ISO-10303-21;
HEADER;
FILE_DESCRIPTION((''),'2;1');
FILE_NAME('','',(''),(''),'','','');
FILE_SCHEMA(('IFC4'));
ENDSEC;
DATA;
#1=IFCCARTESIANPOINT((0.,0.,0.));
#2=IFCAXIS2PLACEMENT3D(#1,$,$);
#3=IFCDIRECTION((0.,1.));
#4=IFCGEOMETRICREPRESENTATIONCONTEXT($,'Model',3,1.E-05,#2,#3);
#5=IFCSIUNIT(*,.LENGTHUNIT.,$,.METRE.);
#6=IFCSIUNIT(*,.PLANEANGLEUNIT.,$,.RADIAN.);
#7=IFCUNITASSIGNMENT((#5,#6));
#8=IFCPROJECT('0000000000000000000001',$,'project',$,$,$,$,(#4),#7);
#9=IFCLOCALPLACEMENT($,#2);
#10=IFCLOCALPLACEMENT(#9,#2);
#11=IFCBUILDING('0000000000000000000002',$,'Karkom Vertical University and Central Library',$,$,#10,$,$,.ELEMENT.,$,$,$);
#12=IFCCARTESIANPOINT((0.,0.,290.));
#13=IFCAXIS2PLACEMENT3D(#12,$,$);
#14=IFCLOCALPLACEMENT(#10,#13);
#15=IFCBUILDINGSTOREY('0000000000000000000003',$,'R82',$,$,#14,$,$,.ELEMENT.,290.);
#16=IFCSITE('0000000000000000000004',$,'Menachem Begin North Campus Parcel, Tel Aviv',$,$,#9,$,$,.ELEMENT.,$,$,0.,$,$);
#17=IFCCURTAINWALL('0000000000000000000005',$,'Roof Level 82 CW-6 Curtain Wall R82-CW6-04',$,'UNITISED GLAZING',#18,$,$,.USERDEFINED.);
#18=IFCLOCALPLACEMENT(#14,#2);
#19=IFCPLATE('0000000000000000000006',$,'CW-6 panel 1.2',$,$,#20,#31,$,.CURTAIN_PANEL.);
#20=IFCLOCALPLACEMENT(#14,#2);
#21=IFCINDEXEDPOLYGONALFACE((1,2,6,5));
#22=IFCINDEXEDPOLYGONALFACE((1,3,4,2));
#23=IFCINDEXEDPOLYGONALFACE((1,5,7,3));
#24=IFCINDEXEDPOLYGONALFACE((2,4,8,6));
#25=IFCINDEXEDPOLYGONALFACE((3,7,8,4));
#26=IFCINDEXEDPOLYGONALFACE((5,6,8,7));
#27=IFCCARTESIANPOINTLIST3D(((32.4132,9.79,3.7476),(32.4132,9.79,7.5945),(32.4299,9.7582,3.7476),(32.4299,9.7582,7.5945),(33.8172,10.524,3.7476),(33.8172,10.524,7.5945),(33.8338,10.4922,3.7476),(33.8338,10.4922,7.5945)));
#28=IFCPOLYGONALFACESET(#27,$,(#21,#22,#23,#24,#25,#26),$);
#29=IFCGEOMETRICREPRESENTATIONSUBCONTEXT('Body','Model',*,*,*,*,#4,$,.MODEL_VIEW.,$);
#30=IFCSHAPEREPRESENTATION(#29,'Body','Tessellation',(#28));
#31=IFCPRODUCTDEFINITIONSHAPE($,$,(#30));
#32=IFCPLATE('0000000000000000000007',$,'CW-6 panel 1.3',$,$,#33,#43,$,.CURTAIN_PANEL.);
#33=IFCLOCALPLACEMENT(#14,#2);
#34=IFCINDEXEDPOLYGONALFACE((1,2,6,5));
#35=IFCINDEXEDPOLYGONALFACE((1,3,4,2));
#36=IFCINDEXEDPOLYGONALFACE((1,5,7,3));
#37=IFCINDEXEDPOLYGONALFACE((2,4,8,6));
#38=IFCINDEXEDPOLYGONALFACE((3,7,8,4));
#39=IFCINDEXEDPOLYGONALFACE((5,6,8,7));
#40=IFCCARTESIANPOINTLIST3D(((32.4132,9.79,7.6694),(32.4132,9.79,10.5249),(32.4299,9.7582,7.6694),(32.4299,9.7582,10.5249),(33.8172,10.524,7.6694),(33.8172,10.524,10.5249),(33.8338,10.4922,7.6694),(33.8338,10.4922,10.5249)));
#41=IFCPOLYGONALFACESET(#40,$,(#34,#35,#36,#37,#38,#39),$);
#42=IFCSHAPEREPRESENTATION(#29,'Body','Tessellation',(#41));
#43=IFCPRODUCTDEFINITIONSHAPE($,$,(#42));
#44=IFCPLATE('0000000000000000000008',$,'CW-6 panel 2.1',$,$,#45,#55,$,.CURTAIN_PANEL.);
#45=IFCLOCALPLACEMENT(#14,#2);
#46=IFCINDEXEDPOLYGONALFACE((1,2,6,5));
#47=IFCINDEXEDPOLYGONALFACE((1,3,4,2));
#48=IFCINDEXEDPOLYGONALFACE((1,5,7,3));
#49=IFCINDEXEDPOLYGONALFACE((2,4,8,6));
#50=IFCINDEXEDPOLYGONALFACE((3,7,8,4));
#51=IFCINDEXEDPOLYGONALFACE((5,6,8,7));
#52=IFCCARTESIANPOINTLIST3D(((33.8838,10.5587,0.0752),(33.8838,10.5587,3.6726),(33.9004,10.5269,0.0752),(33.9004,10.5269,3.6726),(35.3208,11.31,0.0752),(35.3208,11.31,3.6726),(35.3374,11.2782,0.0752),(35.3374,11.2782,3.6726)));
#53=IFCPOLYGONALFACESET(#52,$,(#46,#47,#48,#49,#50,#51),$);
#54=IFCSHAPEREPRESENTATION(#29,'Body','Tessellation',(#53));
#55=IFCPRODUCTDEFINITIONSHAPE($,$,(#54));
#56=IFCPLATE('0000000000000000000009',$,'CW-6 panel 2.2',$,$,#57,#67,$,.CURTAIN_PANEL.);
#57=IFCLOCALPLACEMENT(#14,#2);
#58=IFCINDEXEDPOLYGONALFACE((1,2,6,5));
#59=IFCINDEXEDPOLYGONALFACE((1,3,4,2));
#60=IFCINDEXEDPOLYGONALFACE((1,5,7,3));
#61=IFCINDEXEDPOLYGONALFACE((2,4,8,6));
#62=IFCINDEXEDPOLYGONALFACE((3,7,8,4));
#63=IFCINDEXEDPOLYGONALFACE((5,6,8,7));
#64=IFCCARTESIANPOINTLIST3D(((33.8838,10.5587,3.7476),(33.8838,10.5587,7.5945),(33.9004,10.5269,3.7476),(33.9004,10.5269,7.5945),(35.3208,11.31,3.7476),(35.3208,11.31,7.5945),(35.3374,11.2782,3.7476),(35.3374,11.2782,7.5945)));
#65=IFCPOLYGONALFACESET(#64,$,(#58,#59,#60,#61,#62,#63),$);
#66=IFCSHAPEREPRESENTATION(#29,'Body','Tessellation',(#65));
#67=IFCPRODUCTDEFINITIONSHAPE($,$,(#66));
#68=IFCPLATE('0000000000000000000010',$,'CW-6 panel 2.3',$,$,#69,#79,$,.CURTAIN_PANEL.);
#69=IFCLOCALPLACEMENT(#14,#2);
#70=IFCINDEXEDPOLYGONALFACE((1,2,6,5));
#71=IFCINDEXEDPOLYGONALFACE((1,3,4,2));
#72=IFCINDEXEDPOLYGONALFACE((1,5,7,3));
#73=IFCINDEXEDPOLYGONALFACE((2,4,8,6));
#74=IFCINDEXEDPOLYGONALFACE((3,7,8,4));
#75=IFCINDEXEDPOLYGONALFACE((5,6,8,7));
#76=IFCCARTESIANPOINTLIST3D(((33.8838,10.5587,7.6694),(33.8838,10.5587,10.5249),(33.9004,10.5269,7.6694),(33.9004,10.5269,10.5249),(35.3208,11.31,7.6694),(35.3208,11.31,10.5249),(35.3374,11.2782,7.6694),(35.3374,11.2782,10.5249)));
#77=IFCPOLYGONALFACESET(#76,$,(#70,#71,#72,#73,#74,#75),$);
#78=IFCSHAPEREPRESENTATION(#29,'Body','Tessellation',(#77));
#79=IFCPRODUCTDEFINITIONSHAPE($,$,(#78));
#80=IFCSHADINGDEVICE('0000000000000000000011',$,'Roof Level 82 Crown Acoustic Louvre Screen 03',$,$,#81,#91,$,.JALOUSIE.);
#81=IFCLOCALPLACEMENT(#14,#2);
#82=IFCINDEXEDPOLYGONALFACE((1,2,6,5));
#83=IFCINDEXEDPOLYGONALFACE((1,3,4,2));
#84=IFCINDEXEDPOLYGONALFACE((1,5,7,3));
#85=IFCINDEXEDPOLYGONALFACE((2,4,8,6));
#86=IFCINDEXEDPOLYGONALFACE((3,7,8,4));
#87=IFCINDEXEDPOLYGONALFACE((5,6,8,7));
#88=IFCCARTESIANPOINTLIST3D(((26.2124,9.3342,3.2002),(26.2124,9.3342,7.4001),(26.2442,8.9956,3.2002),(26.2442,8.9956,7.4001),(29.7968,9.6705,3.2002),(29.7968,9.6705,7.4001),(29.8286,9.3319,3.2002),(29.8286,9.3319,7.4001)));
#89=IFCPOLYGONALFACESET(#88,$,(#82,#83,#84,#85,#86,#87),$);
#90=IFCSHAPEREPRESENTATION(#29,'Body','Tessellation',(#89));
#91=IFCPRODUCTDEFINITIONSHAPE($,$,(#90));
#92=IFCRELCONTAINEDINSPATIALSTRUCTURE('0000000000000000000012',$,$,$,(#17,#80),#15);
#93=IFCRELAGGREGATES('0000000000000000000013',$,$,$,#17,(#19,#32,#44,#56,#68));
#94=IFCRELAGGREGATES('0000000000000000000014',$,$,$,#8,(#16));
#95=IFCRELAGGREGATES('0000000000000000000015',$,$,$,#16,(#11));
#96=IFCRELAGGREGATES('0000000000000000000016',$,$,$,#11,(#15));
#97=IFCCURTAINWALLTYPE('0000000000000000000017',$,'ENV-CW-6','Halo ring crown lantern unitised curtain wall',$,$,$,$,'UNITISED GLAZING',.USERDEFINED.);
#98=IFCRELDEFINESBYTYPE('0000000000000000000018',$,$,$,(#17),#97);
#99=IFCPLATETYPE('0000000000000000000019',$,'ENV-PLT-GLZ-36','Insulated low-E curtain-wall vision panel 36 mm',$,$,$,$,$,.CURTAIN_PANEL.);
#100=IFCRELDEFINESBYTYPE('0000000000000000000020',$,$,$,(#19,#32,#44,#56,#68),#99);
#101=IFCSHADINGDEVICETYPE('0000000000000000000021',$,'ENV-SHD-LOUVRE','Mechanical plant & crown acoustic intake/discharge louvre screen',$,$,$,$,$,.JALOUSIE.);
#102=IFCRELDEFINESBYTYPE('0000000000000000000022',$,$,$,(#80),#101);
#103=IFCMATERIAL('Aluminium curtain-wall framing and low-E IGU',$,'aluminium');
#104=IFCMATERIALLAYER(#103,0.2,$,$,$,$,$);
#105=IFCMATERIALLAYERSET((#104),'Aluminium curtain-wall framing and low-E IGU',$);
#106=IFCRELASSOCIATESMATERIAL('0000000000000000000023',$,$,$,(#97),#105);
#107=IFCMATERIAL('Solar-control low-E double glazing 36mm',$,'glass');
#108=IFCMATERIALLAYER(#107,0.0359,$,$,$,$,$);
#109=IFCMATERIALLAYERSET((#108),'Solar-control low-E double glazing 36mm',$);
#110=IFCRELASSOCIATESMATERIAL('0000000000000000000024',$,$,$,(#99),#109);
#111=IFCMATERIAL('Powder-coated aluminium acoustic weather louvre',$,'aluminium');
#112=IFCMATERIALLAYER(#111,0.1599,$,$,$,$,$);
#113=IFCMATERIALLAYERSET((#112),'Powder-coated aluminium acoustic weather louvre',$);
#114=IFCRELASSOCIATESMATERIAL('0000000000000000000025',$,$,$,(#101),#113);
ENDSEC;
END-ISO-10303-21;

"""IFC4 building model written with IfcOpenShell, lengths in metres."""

from ifc_helpers import new_model, si_unit, direction, frame, origin, origin_with_axes, origin_2d, place, context, subcontext, project, spatial, rectangle, extrude, source, transform, mapped, material, layer, layer_set, type_object, element, aggregate, save


model = new_model("IFC4")

# Units and contexts
model_context = context("Model", 3, precision=1e-05, world=origin(), true_north=direction((0.0, 1.0)))
body_context = subcontext(model_context, "Body", "Model", "MODEL_VIEW")
ifc_project = project(units=[si_unit("LENGTHUNIT", "METRE"), si_unit("PLANEANGLEUNIT", "RADIAN")], contexts=[model_context])

# Site, building, storey
site_placement = place(None, origin())
site = spatial("IfcSite", under=ifc_project, at=site_placement, Name="Menachem Begin North Campus Parcel, Tel Aviv", CompositionType="ELEMENT", RefElevation=0.0)
building_placement = place(site_placement, origin())
building = spatial("IfcBuilding", under=site, at=building_placement, Name="Karkom Vertical University and Central Library", CompositionType="ELEMENT")
storey_placement = place(building_placement, frame((0.0, 0.0, 290.0)))
storey = spatial("IfcBuildingStorey", under=building, at=storey_placement, Name="R82", CompositionType="ELEMENT", Elevation=290.0)

# Curtain wall
ifc_material_1 = material(Name="Aluminium curtain-wall framing and low-E IGU", Category="aluminium")
ifc_layer_1 = layer(ifc_material_1, 0.2)
ifc_layer_set_1 = layer_set([ifc_layer_1], Name="Aluminium curtain-wall framing and low-E IGU")
curtain_wall_type = type_object("IfcCurtainWallType", Name="ENV-CW-6", Description="Halo ring crown lantern unitised curtain wall", ElementType="UNITISED GLAZING", PredefinedType="USERDEFINED", material=ifc_layer_set_1)
curtain_wall_placement = place(storey_placement, origin())
curtain_wall = element("IfcCurtainWall", 1, at=curtain_wall_placement, inside=storey, type_object=curtain_wall_type, Name="Roof Level 82 CW-6 Curtain Wall R82-CW6-04", ObjectType="UNITISED GLAZING", PredefinedType="USERDEFINED")

# Plates
ifc_material_2 = material(Name="Solar-control low-E double glazing 36mm", Category="glass")
ifc_layer_2 = layer(ifc_material_2, 0.0359)
ifc_layer_set_2 = layer_set([ifc_layer_2], Name="Solar-control low-E double glazing 36mm")
plate_type = type_object("IfcPlateType", Name="ENV-PLT-GLZ-36", Description="Insulated low-E curtain-wall vision panel 36 mm", PredefinedType="CURTAIN_PANEL", material=ifc_layer_set_2)
shared_shape_1 = source(origin_with_axes(), body_context, "Body", "SweptSolid", [
    extrude(rectangle(XDim=1.5842, YDim=0.0359, at=origin_2d()), origin(), (0.0, 0.0, 1.0), 3.8469),
])
plate_1_placement = place(storey_placement, frame((33.1235, 10.1411, 3.7476), z_axis=(0.0, 0.0, 1.0), x_axis=(0.88621, 0.463284, 0.0)))
plate_1 = element("IfcPlate", 2, at=plate_1_placement, type_object=plate_type, Name="CW-6 panel 1.2", PredefinedType="CURTAIN_PANEL", context=body_context, shape_type="MappedRepresentation", body=[
    mapped(shared_shape_1, transform((0.0, 0.0, 0.0), scale=1.0)),
])
shared_shape_2 = source(origin_with_axes(), body_context, "Body", "SweptSolid", [
    extrude(rectangle(XDim=1.5842, YDim=0.0359, at=origin_2d()), origin(), (0.0, 0.0, 1.0), 2.8555),
])
plate_2_placement = place(storey_placement, frame((33.1235, 10.1411, 7.6694), z_axis=(0.0, 0.0, 1.0), x_axis=(0.88621, 0.463284, 0.0)))
plate_2 = element("IfcPlate", 3, at=plate_2_placement, type_object=plate_type, Name="CW-6 panel 1.3", PredefinedType="CURTAIN_PANEL", context=body_context, shape_type="MappedRepresentation", body=[
    mapped(shared_shape_2, transform((0.0, 0.0, 0.0), scale=1.0)),
])
shared_shape_3 = source(origin_with_axes(), body_context, "Body", "SweptSolid", [
    extrude(rectangle(XDim=1.6216, YDim=0.0359, at=origin_2d()), origin(), (0.0, 0.0, 1.0), 3.5974),
])
plate_3_placement = place(storey_placement, frame((34.6106, 10.9185, 0.0752), z_axis=(0.0, 0.0, 1.0), x_axis=(0.88621, 0.463284, 0.0)))
plate_3 = element("IfcPlate", 4, at=plate_3_placement, type_object=plate_type, Name="CW-6 panel 2.1", PredefinedType="CURTAIN_PANEL", context=body_context, shape_type="MappedRepresentation", body=[
    mapped(shared_shape_3, transform((0.0, 0.0, 0.0), scale=1.0)),
])
shared_shape_4 = source(origin_with_axes(), body_context, "Body", "SweptSolid", [
    extrude(rectangle(XDim=1.6216, YDim=0.0359, at=origin_2d()), origin(), (0.0, 0.0, 1.0), 3.8469),
])
plate_4_placement = place(storey_placement, frame((34.6106, 10.9185, 3.7476), z_axis=(0.0, 0.0, 1.0), x_axis=(0.88621, 0.463284, 0.0)))
plate_4 = element("IfcPlate", 5, at=plate_4_placement, type_object=plate_type, Name="CW-6 panel 2.2", PredefinedType="CURTAIN_PANEL", context=body_context, shape_type="MappedRepresentation", body=[
    mapped(shared_shape_4, transform((0.0, 0.0, 0.0), scale=1.0)),
])
shared_shape_5 = source(origin_with_axes(), body_context, "Body", "SweptSolid", [
    extrude(rectangle(XDim=1.6216, YDim=0.0359, at=origin_2d()), origin(), (0.0, 0.0, 1.0), 2.8555),
])
plate_5_placement = place(storey_placement, frame((34.6106, 10.9185, 7.6694), z_axis=(0.0, 0.0, 1.0), x_axis=(0.88621, 0.463284, 0.0)))
plate_5 = element("IfcPlate", 6, at=plate_5_placement, type_object=plate_type, Name="CW-6 panel 2.3", PredefinedType="CURTAIN_PANEL", context=body_context, shape_type="MappedRepresentation", body=[
    mapped(shared_shape_5, transform((0.0, 0.0, 0.0), scale=1.0)),
])
aggregate(curtain_wall, [plate_1, plate_2, plate_3, plate_4, plate_5])

# Shading device
ifc_material_3 = material(Name="Powder-coated aluminium acoustic weather louvre", Category="aluminium")
ifc_layer_3 = layer(ifc_material_3, 0.1599)
ifc_layer_set_3 = layer_set([ifc_layer_3], Name="Powder-coated aluminium acoustic weather louvre")
shading_device_type = type_object("IfcShadingDeviceType", Name="ENV-SHD-LOUVRE", Description="Mechanical plant & crown acoustic intake/discharge louvre screen", PredefinedType="JALOUSIE", material=ifc_layer_set_3)
shared_shape_6 = source(origin_with_axes(), body_context, "Body", "SweptSolid", [
    extrude(rectangle(XDim=3.6001, YDim=0.3401, at=origin_2d()), origin(), (0.0, 0.0, 1.0), 4.2),
])
shading_device_placement = place(storey_placement, frame((28.0205, 9.333, 3.2002), z_axis=(0.0, 0.0, 1.0), x_axis=(0.995627, 0.093413, 0.0)))
element("IfcShadingDevice", 7, at=shading_device_placement, inside=storey, type_object=shading_device_type, Name="Roof Level 82 Crown Acoustic Louvre Screen 03", PredefinedType="JALOUSIE", context=body_context, shape_type="MappedRepresentation", body=[
    mapped(shared_shape_6, transform((0.0, 0.0, 0.0), scale=1.0)),
])

save(model, "model.ifc")
